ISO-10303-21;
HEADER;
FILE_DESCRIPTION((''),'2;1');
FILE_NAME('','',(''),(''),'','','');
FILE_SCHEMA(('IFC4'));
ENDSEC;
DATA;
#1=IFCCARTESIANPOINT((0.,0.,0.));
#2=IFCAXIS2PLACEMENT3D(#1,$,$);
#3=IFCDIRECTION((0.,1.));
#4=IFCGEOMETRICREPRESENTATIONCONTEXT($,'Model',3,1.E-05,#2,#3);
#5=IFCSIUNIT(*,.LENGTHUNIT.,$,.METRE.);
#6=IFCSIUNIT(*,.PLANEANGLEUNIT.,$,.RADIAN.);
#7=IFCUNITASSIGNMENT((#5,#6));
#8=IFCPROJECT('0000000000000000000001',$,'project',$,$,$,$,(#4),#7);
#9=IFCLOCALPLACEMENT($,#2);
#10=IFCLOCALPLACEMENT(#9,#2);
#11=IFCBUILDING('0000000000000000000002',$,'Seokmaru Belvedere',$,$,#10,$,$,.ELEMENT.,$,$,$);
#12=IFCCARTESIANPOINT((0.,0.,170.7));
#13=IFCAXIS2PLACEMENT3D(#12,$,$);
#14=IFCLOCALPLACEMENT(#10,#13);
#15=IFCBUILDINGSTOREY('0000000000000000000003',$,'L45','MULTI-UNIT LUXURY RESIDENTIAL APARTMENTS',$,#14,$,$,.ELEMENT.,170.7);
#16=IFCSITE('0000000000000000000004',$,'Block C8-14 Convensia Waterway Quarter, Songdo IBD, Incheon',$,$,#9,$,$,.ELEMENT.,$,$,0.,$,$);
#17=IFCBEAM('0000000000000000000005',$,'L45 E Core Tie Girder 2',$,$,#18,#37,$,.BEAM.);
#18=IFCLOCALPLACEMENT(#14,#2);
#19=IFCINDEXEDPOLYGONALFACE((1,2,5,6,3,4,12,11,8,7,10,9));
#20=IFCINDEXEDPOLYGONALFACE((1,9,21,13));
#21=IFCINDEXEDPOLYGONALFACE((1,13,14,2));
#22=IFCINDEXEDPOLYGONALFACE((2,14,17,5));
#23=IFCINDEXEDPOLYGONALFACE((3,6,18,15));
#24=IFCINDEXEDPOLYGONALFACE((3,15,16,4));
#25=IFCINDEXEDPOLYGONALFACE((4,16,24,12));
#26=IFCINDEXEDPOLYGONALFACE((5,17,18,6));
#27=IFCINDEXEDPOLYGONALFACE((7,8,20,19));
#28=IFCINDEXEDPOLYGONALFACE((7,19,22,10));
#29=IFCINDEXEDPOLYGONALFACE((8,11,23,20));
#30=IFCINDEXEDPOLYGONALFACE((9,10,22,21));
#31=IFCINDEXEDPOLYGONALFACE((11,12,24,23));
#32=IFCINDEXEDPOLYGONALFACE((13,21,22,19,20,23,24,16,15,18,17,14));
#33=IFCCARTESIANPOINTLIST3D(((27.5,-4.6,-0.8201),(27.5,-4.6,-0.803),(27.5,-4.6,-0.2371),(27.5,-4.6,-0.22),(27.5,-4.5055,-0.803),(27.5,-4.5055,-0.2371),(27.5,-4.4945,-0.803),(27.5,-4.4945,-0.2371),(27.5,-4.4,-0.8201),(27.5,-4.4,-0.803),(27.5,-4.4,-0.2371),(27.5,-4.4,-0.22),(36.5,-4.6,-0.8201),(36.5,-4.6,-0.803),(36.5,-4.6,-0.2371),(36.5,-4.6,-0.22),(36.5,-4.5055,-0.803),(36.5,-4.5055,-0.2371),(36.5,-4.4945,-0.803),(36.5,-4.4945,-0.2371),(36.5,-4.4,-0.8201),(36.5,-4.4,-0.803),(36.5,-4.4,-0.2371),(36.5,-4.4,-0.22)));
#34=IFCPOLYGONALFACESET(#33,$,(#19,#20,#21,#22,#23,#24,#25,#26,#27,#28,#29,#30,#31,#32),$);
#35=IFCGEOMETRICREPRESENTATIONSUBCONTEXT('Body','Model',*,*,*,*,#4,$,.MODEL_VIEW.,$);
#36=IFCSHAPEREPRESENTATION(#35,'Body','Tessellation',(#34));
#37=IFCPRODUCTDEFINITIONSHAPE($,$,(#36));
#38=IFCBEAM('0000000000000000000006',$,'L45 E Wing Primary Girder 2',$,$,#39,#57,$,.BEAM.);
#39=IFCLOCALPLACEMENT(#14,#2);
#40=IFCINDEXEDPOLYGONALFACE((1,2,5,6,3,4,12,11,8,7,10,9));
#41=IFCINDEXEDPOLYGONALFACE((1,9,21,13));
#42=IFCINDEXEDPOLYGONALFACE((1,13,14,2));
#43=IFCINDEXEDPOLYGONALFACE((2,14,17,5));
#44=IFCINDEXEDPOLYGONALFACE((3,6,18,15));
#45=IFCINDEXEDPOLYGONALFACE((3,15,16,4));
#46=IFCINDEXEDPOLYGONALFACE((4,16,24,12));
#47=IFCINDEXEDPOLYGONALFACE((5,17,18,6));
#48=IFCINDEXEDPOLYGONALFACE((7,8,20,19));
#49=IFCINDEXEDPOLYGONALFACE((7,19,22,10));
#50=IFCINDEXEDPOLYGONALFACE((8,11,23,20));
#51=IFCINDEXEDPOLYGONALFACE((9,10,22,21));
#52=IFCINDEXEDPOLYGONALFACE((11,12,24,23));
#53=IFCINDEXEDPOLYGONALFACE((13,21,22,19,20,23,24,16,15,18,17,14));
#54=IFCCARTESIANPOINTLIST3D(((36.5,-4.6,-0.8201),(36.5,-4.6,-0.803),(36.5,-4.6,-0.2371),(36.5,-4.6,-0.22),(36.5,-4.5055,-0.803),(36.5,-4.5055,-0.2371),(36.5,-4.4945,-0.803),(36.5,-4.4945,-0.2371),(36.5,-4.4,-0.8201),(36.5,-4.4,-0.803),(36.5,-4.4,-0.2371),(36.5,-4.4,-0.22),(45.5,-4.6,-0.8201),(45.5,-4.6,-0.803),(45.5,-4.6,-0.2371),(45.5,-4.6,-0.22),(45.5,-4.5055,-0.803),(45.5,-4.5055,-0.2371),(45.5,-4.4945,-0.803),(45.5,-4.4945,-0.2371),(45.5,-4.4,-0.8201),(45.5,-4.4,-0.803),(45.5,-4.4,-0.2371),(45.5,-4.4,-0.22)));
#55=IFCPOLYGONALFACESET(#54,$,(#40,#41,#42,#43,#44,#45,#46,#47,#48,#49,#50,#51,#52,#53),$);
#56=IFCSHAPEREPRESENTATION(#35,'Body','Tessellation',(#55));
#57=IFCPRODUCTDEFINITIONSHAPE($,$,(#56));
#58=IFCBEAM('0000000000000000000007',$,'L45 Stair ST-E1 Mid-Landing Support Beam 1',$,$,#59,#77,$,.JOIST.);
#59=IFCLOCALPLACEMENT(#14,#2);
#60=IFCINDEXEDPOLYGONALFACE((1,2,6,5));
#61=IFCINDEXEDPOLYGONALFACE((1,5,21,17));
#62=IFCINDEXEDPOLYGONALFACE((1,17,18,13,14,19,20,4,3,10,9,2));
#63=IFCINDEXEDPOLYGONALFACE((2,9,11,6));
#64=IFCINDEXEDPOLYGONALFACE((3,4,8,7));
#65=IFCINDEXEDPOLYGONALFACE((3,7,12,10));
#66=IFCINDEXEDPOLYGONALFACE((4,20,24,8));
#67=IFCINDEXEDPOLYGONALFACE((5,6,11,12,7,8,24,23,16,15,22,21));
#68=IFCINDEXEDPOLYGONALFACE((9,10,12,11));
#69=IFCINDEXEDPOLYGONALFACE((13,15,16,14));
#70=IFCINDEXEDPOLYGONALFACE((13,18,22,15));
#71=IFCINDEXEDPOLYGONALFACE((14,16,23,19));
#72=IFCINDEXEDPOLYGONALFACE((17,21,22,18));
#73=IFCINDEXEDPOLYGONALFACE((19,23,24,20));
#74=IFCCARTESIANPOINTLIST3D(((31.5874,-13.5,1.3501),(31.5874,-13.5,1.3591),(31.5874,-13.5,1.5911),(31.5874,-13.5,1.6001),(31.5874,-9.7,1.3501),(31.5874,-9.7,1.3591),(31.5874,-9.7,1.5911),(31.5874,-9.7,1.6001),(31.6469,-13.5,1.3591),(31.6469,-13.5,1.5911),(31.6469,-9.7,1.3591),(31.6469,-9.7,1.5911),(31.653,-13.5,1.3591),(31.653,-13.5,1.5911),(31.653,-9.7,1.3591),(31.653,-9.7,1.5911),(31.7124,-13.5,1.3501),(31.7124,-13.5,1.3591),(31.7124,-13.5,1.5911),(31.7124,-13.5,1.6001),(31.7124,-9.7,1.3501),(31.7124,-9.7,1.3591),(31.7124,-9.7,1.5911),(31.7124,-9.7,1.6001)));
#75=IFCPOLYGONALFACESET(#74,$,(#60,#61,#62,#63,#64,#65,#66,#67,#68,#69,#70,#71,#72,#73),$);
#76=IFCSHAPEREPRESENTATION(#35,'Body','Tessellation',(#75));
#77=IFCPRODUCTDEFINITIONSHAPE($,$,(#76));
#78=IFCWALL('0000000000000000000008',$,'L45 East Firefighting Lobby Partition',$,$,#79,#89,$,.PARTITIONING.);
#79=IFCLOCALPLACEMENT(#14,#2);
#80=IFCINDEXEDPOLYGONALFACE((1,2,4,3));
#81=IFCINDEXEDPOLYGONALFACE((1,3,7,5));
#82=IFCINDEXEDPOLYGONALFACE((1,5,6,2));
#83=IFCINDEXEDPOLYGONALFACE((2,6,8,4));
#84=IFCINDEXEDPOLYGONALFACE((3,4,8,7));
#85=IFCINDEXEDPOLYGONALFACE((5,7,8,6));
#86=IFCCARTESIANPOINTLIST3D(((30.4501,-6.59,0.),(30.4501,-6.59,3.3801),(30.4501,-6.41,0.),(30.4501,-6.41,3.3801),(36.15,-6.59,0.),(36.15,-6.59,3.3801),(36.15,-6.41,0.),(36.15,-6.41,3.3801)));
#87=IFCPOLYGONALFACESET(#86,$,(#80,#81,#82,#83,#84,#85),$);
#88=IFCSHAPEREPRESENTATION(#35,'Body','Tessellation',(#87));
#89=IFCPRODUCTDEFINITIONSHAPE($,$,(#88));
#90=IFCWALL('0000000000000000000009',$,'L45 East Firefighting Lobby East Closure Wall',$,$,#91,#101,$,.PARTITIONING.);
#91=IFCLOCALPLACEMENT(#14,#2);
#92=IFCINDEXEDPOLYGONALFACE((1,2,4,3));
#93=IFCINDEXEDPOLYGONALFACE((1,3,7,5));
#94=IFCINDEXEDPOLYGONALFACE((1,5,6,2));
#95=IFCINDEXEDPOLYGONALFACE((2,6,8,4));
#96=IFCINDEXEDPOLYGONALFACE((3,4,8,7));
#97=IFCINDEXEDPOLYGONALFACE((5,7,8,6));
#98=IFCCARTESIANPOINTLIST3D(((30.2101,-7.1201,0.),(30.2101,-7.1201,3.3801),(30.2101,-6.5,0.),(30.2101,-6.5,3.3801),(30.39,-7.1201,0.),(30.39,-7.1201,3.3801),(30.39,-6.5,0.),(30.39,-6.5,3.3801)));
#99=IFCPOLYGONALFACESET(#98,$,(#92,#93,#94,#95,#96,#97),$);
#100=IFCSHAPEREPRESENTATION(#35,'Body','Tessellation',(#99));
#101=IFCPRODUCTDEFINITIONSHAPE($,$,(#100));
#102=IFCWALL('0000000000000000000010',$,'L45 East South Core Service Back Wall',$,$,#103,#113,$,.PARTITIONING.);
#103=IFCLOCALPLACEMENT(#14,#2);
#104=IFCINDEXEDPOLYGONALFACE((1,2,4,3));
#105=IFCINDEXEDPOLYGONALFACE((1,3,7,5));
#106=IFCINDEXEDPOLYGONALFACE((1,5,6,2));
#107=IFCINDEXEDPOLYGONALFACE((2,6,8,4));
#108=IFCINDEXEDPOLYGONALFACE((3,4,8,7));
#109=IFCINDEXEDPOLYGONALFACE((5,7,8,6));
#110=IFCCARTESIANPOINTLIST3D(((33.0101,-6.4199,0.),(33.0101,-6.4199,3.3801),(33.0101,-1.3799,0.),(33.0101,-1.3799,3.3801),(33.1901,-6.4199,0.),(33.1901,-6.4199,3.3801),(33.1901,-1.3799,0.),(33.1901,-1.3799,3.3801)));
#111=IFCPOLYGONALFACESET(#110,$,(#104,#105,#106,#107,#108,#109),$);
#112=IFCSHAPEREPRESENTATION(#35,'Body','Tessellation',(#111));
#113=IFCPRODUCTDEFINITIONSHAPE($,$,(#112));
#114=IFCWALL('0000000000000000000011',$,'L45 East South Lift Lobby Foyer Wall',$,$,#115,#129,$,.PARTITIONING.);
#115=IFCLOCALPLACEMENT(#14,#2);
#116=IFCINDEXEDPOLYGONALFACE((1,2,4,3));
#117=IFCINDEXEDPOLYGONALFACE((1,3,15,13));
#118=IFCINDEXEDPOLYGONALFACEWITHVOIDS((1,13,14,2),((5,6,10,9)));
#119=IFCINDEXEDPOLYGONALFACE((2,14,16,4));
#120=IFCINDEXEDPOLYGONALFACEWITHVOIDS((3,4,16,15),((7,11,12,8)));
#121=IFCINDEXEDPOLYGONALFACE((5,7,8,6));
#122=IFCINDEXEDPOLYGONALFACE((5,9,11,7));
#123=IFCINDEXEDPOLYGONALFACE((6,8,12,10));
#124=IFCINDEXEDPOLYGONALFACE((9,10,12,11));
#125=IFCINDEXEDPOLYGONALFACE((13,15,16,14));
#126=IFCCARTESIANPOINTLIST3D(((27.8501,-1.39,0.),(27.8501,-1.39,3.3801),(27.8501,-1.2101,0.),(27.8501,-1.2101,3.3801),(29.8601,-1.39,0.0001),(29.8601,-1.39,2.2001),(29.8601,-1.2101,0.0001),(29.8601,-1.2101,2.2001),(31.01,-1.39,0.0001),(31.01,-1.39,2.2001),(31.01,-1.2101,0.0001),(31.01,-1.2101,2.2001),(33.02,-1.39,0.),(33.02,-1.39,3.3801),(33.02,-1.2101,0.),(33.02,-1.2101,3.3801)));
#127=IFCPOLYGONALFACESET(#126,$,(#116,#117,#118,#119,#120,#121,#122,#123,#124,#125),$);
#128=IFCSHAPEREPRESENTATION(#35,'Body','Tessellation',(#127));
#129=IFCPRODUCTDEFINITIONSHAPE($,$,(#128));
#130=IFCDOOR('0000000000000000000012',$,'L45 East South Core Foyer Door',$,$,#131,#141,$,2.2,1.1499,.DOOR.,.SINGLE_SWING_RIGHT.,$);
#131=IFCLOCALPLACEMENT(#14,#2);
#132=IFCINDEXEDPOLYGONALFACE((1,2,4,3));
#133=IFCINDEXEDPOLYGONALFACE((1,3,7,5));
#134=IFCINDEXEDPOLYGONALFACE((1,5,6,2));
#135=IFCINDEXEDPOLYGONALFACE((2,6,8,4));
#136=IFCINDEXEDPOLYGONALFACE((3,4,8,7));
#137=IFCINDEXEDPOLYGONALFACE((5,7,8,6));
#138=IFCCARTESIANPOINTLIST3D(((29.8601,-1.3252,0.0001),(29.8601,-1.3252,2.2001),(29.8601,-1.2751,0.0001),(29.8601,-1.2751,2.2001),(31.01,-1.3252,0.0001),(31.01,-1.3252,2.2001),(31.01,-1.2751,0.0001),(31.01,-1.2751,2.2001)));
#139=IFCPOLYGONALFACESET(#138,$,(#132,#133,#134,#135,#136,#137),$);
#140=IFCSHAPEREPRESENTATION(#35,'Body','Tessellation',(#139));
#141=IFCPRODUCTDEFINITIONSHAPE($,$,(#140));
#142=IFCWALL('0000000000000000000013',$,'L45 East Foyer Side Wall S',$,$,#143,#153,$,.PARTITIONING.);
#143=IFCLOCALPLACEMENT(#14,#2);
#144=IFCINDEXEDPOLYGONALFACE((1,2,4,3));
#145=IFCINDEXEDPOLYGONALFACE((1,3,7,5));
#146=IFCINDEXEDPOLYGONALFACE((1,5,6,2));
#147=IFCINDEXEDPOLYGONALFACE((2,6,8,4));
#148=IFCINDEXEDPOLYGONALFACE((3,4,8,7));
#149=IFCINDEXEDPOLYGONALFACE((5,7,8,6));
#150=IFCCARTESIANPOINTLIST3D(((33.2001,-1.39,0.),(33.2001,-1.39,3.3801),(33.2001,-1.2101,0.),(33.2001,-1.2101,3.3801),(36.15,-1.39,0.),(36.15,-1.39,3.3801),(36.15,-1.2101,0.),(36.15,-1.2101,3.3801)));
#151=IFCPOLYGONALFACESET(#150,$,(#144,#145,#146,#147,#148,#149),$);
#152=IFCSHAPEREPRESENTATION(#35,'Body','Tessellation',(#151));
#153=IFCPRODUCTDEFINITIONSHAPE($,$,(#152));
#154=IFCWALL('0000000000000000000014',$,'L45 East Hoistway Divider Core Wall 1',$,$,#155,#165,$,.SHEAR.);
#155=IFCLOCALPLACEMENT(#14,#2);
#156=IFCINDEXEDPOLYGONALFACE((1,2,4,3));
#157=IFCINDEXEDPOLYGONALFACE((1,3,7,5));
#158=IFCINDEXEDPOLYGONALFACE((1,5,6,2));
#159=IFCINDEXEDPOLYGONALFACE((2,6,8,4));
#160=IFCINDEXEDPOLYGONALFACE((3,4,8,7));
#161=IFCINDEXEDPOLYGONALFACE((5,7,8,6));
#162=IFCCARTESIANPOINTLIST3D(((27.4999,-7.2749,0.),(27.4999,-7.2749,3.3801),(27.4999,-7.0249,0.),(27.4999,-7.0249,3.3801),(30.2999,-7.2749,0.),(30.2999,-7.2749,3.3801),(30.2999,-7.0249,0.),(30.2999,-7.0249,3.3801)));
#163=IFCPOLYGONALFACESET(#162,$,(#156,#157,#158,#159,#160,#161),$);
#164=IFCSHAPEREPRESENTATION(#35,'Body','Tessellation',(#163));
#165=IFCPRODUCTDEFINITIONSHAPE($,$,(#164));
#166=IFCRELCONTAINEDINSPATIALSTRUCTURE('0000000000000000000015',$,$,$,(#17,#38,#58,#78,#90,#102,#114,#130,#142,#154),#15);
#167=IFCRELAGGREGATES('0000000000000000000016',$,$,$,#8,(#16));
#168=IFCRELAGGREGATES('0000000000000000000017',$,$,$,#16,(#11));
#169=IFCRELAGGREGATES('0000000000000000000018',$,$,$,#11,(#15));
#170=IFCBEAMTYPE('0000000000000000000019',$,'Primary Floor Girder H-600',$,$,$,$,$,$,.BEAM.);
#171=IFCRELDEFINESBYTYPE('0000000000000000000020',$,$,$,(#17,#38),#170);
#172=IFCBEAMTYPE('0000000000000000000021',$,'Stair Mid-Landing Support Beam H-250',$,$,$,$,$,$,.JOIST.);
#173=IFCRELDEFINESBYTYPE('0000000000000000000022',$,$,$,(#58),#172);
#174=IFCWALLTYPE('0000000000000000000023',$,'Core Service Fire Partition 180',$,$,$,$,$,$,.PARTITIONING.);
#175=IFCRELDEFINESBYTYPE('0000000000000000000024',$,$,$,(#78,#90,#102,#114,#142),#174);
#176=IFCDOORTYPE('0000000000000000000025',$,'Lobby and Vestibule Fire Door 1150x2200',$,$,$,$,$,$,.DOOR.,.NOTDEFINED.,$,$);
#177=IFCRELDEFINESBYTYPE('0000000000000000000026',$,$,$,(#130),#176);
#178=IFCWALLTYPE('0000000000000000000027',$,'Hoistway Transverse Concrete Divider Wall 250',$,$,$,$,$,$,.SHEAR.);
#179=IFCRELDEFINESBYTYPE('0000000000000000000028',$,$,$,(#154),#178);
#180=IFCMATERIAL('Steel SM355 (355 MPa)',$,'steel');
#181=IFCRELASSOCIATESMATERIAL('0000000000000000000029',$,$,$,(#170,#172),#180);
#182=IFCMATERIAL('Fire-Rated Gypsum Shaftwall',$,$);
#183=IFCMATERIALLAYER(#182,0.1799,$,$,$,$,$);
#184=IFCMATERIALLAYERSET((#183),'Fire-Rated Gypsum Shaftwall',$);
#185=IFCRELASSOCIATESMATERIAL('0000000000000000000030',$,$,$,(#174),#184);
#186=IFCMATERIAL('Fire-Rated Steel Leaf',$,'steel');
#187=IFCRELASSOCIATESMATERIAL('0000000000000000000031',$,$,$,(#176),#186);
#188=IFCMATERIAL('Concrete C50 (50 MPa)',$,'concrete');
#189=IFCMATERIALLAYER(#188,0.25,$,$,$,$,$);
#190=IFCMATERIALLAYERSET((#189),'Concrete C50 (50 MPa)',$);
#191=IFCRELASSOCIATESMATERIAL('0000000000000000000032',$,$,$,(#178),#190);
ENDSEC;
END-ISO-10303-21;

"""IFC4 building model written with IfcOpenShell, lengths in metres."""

from ifc_helpers import new_model, si_unit, direction, frame, frame_2d, origin, origin_2d, place, context, subcontext, project, spatial, rectangle, i_section, extrude, source, transform, mapped, material, layer, layer_set, material_profile, profile_set, type_object, type_shapes, element, fill, save


model = new_model("IFC4")

# Units and contexts
model_context = context("Model", 3, precision=1e-05, world=origin(), true_north=direction((0.0, 1.0)))
body_context = subcontext(model_context, "Body", "Model", "MODEL_VIEW")
ifc_project = project(units=[si_unit("LENGTHUNIT", "METRE"), si_unit("PLANEANGLEUNIT", "RADIAN")], contexts=[model_context])

# Site, building, storey
site_placement = place(None, origin())
site = spatial("IfcSite", under=ifc_project, at=site_placement, Name="Block C8-14 Convensia Waterway Quarter, Songdo IBD, Incheon", CompositionType="ELEMENT", RefElevation=0.0)
building_placement = place(site_placement, origin())
building = spatial("IfcBuilding", under=site, at=building_placement, Name="Seokmaru Belvedere", CompositionType="ELEMENT")
storey_placement = place(building_placement, frame((0.0, 0.0, 170.7)))
storey = spatial("IfcBuildingStorey", under=building, at=storey_placement, Name="L45", Description="MULTI-UNIT LUXURY RESIDENTIAL APARTMENTS", CompositionType="ELEMENT", Elevation=170.7)

# Shared definitions
ifc_material_1 = material(Name="Steel SM355 (355 MPa)", Category="steel")

# Beams
ifc_material_profile_1 = material_profile(ifc_material_1, i_section(OverallWidth=0.2, OverallDepth=0.6001, WebThickness=0.011, FlangeThickness=0.0171, at=origin_2d()), Name="H-600x200x11x17")
ifc_profile_set_1 = profile_set([ifc_material_profile_1], Name="Steel SM355 (355 MPa)")
beam_type_1 = type_object("IfcBeamType", Name="Primary Floor Girder H-600", PredefinedType="BEAM", material=ifc_profile_set_1)
shared_shape_1 = source(origin(), body_context, "Body", "SweptSolid", [
    extrude(i_section(OverallWidth=0.2, OverallDepth=0.6001, WebThickness=0.011, FlangeThickness=0.0171, at=origin_2d()), origin(), (0.0, 0.0, 1.0), 9.0),
])
type_shapes(beam_type_1, [shared_shape_1])
for number, where, z_axis, x_axis, name in (
    (1, (27.5, -4.5, -0.52), (1.0, 0.0, 0.0), (0.0, 1.0, 0.0), "L45 E Core Tie Girder 2"),
    (2, (36.5, -4.5, -0.52), (1.0, 0.0, 0.0), (0.0, 1.0, 0.0), "L45 E Wing Primary Girder 2"),
):
    element("IfcBeam", number, at=place(storey_placement, frame(where, z_axis=z_axis, x_axis=x_axis)), inside=storey, type_object=beam_type_1, Name=name, PredefinedType="BEAM", context=body_context, shape_type="MappedRepresentation", body=[
        mapped(shared_shape_1, transform((0.0, 0.0, 0.0), scale=1.0)),
    ])
ifc_material_profile_2 = material_profile(ifc_material_1, i_section(OverallWidth=0.125, OverallDepth=0.25, WebThickness=0.0061, FlangeThickness=0.009, at=origin_2d()), Name="H-250x125x6x9")
ifc_profile_set_2 = profile_set([ifc_material_profile_2], Name="Steel SM355 (355 MPa)")
beam_type_2 = type_object("IfcBeamType", Name="Stair Mid-Landing Support Beam H-250", PredefinedType="JOIST", material=ifc_profile_set_2)
shared_shape_2 = source(origin(), body_context, "Body", "SweptSolid", [
    extrude(i_section(OverallWidth=0.125, OverallDepth=0.25, WebThickness=0.0061, FlangeThickness=0.009, at=origin_2d()), origin(), (0.0, 0.0, 1.0), 3.8),
])
type_shapes(beam_type_2, [shared_shape_2])
beam_1_placement = place(storey_placement, frame((31.6499, -13.5, 1.4751), z_axis=(0.0, 1.0, 0.0), x_axis=(-1.0, 0.0, 0.0)))
element("IfcBeam", 3, at=beam_1_placement, inside=storey, type_object=beam_type_2, Name="L45 Stair ST-E1 Mid-Landing Support Beam 1", PredefinedType="JOIST", context=body_context, shape_type="MappedRepresentation", body=[
    mapped(shared_shape_2, transform((0.0, 0.0, 0.0), scale=1.0)),
])

# Walls
ifc_material_2 = material(Name="Fire-Rated Gypsum Shaftwall")
ifc_layer_1 = layer(ifc_material_2, 0.1799)
ifc_layer_set_1 = layer_set([ifc_layer_1], Name="Fire-Rated Gypsum Shaftwall")
wall_type_1 = type_object("IfcWallType", Name="Core Service Fire Partition 180", PredefinedType="PARTITIONING", material=ifc_layer_set_1)
wall_1_placement = place(storey_placement, frame((30.45, -6.5, 0.0), z_axis=(0.0, 0.0, 1.0), x_axis=(1.0, 0.0, 0.0)))
element("IfcWall", 4, at=wall_1_placement, inside=storey, type_object=wall_type_1, Name="L45 East Firefighting Lobby Partition", PredefinedType="PARTITIONING", context=body_context, shape_type="SweptSolid", body=[
    extrude(rectangle(XDim=5.7, YDim=0.1799, at=frame_2d((2.8501, 0.0))), origin(), (0.0, 0.0, 1.0), 3.3801),
])
wall_2_placement = place(storey_placement, frame((30.3, -7.1201, 0.0), z_axis=(0.0, 0.0, 1.0), x_axis=(0.0, 1.0, 0.0)))
element("IfcWall", 5, at=wall_2_placement, inside=storey, type_object=wall_type_1, Name="L45 East Firefighting Lobby East Closure Wall", PredefinedType="PARTITIONING", context=body_context, shape_type="SweptSolid", body=[
    extrude(rectangle(XDim=0.6201, YDim=0.1799, at=frame_2d((0.3101, 0.0))), origin(), (0.0, 0.0, 1.0), 3.3801),
])
wall_3_placement = place(storey_placement, frame((33.1001, -6.4199, 0.0), z_axis=(0.0, 0.0, 1.0), x_axis=(0.0, 1.0, 0.0)))
element("IfcWall", 6, at=wall_3_placement, inside=storey, type_object=wall_type_1, Name="L45 East South Core Service Back Wall", PredefinedType="PARTITIONING", context=body_context, shape_type="SweptSolid", body=[
    extrude(rectangle(XDim=5.04, YDim=0.1799, at=frame_2d((2.52, 0.0))), origin(), (0.0, 0.0, 1.0), 3.3801),
])

# Wall, opening, door
wall_4_placement = place(storey_placement, frame((27.8501, -1.3, 0.0), z_axis=(0.0, 0.0, 1.0), x_axis=(1.0, 0.0, 0.0)))
wall_4 = element("IfcWall", 7, at=wall_4_placement, inside=storey, type_object=wall_type_1, Name="L45 East South Lift Lobby Foyer Wall", PredefinedType="PARTITIONING", context=body_context, shape_type="SweptSolid", body=[
    extrude(rectangle(XDim=5.1699, YDim=0.1799, at=frame_2d((2.585, 0.0))), origin(), (0.0, 0.0, 1.0), 3.3801),
])
opening_1_placement = place(wall_4_placement, frame((2.01, 0.0, 0.0)))
opening_1 = element("IfcOpeningElement", 8, at=opening_1_placement, cuts=wall_4, PredefinedType="OPENING", context=body_context, shape_type="SweptSolid", body=[
    extrude(rectangle(XDim=1.1499, YDim=2.2, at=frame_2d((0.575, 1.1001))), frame((0.0, 0.1001, 0.0), z_axis=(0.0, -1.0, 0.0), x_axis=(1.0, 0.0, 0.0)), (0.0, 0.0, 1.0), 0.2),
])
ifc_material_3 = material(Name="Fire-Rated Steel Leaf", Category="steel")
door_type_1 = type_object("IfcDoorType", Name="Lobby and Vestibule Fire Door 1150x2200", OperationType="NOTDEFINED", PredefinedType="DOOR", material=ifc_material_3)
shared_shape_3 = source(origin(), body_context, "Body", "SweptSolid", [
    extrude(rectangle(XDim=1.1499, YDim=2.2, at=frame_2d((0.575, 1.1001))), frame((0.0, 0.0249, 0.0), z_axis=(0.0, -1.0, 0.0), x_axis=(1.0, 0.0, 0.0)), (0.0, 0.0, 1.0), 0.05),
])
type_shapes(door_type_1, [shared_shape_3])
door_1_placement = place(opening_1_placement, origin())
door_1 = element("IfcDoor", 9, at=door_1_placement, inside=storey, type_object=door_type_1, Name="L45 East South Core Foyer Door", OperationType="SINGLE_SWING_RIGHT", OverallHeight=2.2, OverallWidth=1.1499, PredefinedType="DOOR", context=body_context, shape_type="MappedRepresentation", body=[
    mapped(shared_shape_3, transform((0.0, 0.0, 0.0), scale=1.0)),
])
fill(opening_1, door_1)

# Walls
wall_5_placement = place(storey_placement, frame((33.2, -1.3, 0.0), z_axis=(0.0, 0.0, 1.0), x_axis=(1.0, 0.0, 0.0)))
element("IfcWall", 10, at=wall_5_placement, inside=storey, type_object=wall_type_1, Name="L45 East Foyer Side Wall S", PredefinedType="PARTITIONING", context=body_context, shape_type="SweptSolid", body=[
    extrude(rectangle(XDim=2.95, YDim=0.1799, at=frame_2d((1.4751, 0.0))), origin(), (0.0, 0.0, 1.0), 3.3801),
])
ifc_material_4 = material(Name="Concrete C50 (50 MPa)", Category="concrete")
ifc_layer_2 = layer(ifc_material_4, 0.25)
ifc_layer_set_2 = layer_set([ifc_layer_2], Name="Concrete C50 (50 MPa)")
wall_type_2 = type_object("IfcWallType", Name="Hoistway Transverse Concrete Divider Wall 250", PredefinedType="SHEAR", material=ifc_layer_set_2)
wall_6_placement = place(storey_placement, frame((27.5, -7.1499, 0.0), z_axis=(0.0, 0.0, 1.0), x_axis=(1.0, 0.0, 0.0)))
element("IfcWall", 11, at=wall_6_placement, inside=storey, type_object=wall_type_2, Name="L45 East Hoistway Divider Core Wall 1", PredefinedType="SHEAR", context=body_context, shape_type="SweptSolid", body=[
    extrude(rectangle(XDim=2.8, YDim=0.25, at=frame_2d((1.3999, 0.0))), origin(), (0.0, 0.0, 1.0), 3.3801),
])

save(model, "model.ifc")
